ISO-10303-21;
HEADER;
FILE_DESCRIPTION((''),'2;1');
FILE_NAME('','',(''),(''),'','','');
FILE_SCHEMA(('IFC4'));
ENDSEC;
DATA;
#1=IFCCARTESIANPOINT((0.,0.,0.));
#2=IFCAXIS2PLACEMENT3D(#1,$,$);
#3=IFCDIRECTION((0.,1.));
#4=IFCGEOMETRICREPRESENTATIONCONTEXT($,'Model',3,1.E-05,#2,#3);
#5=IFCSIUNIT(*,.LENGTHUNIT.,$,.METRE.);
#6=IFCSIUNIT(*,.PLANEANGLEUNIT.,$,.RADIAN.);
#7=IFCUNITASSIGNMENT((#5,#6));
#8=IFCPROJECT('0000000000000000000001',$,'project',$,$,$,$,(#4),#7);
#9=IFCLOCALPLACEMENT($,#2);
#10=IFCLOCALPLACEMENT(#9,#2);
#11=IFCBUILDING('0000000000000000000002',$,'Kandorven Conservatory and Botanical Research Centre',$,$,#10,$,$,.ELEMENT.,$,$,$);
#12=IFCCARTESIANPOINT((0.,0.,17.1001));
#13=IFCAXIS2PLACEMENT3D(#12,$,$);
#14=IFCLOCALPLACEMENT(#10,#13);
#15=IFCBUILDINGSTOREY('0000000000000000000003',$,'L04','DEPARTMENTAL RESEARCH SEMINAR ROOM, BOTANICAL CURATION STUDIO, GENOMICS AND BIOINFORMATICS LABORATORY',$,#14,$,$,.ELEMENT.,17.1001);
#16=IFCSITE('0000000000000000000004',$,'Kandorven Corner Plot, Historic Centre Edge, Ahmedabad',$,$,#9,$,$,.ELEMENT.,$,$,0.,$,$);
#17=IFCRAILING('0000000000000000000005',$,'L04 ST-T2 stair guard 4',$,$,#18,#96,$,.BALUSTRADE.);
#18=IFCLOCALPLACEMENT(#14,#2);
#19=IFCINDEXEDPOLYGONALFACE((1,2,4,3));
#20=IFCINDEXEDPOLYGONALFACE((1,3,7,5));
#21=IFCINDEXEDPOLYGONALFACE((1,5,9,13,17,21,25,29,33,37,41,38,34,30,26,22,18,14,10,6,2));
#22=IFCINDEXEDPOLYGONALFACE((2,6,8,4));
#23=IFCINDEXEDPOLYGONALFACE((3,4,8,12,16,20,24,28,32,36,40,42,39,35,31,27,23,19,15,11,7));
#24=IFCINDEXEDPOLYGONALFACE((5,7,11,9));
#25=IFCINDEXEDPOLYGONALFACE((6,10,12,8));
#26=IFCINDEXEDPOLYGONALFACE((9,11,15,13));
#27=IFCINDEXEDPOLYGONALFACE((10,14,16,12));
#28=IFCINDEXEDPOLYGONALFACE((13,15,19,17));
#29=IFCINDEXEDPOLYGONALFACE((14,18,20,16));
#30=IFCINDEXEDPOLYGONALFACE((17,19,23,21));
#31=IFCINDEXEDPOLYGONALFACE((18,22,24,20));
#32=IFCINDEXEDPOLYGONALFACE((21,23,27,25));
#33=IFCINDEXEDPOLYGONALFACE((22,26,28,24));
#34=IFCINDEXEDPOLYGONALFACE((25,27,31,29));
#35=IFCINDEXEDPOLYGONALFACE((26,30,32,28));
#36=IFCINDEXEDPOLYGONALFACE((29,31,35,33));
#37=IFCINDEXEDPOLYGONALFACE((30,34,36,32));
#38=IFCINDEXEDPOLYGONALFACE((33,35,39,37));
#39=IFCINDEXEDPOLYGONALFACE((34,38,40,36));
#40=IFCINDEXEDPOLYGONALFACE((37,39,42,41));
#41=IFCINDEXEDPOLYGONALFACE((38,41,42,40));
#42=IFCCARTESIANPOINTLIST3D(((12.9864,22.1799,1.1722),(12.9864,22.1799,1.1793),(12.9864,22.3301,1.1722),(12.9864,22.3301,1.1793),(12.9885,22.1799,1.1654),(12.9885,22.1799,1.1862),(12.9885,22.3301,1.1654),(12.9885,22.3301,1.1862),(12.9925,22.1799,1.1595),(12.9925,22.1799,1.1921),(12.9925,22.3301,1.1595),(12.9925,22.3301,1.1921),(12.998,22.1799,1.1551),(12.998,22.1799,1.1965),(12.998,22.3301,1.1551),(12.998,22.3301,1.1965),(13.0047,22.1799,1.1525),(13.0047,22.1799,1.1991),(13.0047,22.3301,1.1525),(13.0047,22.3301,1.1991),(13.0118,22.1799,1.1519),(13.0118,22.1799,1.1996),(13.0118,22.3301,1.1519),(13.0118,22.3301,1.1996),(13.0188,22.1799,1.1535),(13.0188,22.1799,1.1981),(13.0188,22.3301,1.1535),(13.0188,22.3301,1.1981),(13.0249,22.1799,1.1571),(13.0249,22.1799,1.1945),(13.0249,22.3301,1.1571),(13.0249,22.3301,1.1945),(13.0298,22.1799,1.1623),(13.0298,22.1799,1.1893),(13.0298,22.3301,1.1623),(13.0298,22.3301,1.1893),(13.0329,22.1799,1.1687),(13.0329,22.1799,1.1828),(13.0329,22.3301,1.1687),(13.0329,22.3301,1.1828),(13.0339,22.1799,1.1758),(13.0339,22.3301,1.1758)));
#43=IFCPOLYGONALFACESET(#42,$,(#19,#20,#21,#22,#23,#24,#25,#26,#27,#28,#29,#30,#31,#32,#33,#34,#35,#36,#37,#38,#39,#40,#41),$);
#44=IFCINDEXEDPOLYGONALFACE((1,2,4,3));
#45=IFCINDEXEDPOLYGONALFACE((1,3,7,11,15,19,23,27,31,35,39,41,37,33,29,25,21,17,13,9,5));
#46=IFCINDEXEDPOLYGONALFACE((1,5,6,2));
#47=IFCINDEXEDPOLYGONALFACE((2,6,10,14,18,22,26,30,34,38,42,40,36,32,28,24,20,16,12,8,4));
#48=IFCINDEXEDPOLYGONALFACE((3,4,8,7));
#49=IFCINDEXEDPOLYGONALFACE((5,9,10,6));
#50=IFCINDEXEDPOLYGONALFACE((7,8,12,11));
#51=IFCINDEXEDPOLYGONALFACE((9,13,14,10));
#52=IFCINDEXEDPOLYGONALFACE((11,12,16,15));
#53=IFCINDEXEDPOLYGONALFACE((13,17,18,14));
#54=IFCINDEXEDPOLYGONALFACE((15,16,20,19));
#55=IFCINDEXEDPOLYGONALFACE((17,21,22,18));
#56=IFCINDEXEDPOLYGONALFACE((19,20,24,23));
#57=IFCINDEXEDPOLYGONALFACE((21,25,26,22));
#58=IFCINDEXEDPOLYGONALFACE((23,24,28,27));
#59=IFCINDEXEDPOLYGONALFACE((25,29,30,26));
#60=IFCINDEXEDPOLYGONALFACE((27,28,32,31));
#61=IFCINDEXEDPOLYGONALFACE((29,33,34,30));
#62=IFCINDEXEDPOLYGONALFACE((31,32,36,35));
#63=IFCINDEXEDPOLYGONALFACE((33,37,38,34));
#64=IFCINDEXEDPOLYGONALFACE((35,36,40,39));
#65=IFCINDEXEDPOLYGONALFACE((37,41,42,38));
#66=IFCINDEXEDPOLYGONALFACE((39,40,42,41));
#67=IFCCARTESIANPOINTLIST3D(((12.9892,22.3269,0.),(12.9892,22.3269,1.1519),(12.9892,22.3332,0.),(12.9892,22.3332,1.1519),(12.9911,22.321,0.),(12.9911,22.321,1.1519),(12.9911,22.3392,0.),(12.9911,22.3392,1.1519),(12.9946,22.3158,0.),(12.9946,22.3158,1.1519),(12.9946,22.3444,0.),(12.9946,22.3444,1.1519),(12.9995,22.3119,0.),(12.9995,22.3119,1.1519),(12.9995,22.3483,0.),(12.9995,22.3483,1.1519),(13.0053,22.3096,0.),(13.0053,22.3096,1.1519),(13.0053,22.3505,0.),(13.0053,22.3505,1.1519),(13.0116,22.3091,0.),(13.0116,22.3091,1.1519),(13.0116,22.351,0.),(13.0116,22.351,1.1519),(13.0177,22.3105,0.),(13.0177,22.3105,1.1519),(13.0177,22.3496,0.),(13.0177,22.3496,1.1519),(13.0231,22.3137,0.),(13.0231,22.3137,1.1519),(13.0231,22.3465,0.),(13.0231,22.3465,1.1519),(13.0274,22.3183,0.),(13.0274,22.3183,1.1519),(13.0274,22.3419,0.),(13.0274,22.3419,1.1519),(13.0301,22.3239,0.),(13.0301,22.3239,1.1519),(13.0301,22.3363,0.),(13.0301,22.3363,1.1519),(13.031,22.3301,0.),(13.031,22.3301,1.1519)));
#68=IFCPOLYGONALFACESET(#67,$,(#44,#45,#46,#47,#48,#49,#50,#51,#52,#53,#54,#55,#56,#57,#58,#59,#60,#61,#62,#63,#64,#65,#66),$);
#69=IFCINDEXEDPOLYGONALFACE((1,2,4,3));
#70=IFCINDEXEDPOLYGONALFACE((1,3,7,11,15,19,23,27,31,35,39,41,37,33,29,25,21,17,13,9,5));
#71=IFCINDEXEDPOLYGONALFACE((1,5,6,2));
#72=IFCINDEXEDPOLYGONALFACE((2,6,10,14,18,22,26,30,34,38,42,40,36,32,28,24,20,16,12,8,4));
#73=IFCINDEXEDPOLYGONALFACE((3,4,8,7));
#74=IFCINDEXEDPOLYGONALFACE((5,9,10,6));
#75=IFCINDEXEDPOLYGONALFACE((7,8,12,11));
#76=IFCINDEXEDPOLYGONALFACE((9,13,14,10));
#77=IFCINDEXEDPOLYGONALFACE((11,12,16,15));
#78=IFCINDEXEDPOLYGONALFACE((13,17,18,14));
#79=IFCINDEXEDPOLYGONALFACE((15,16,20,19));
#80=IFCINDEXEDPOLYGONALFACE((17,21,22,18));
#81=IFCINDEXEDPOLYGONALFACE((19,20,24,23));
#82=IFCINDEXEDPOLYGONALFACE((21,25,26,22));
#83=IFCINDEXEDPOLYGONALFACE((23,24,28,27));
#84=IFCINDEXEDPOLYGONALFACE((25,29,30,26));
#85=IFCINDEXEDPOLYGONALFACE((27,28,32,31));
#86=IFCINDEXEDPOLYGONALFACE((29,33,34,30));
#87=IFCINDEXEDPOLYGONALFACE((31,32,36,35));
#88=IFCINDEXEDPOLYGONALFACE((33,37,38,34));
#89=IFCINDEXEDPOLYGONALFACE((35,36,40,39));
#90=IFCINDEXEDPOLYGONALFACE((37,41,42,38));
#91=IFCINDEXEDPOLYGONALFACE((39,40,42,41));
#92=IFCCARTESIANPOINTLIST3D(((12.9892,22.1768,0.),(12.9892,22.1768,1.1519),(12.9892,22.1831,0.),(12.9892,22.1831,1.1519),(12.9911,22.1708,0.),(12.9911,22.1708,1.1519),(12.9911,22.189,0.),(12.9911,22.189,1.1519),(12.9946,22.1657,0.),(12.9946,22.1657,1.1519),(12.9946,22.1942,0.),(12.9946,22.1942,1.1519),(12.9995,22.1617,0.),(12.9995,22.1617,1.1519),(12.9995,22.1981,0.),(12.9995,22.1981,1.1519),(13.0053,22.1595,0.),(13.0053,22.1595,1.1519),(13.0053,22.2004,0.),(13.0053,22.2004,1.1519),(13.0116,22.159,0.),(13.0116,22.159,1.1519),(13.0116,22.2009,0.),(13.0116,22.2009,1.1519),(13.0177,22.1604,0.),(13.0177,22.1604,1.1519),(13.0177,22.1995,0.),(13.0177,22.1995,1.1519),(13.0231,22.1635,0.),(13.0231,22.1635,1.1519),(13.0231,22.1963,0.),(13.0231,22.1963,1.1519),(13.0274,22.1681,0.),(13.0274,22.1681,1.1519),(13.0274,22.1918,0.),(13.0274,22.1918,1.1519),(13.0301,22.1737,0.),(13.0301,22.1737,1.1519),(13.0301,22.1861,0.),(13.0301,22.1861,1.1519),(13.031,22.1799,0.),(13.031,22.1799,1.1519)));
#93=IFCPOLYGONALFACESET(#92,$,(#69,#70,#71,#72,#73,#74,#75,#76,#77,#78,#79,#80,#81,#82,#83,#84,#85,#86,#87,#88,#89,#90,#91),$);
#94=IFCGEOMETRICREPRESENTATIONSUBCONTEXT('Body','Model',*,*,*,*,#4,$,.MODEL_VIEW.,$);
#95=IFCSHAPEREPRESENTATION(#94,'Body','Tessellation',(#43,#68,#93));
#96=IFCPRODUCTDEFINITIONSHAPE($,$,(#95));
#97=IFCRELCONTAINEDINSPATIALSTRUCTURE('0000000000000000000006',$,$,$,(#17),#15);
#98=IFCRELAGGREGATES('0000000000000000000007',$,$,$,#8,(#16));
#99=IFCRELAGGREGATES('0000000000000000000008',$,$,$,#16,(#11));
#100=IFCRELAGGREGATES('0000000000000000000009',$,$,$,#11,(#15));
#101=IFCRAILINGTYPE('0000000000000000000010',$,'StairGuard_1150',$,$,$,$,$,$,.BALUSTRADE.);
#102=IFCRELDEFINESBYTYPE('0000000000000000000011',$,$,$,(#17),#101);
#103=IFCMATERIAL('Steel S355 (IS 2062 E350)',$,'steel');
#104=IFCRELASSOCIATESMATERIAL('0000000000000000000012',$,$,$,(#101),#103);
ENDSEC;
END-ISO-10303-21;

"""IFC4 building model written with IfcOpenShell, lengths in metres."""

from ifc_helpers import new_model, si_unit, direction, frame, origin, origin_2d, place, context, subcontext, project, spatial, circle, extrude, material, type_object, element, save


model = new_model("IFC4")

# Units and contexts
model_context = context("Model", 3, precision=1e-05, world=origin(), true_north=direction((0.0, 1.0)))
body_context = subcontext(model_context, "Body", "Model", "MODEL_VIEW")
ifc_project = project(units=[si_unit("LENGTHUNIT", "METRE"), si_unit("PLANEANGLEUNIT", "RADIAN")], contexts=[model_context])

# Site, building, storey
site_placement = place(None, origin())
site = spatial("IfcSite", under=ifc_project, at=site_placement, Name="Kandorven Corner Plot, Historic Centre Edge, Ahmedabad", CompositionType="ELEMENT", RefElevation=0.0)
building_placement = place(site_placement, origin())
building = spatial("IfcBuilding", under=site, at=building_placement, Name="Kandorven Conservatory and Botanical Research Centre", CompositionType="ELEMENT")
storey_placement = place(building_placement, frame((0.0, 0.0, 17.1001)))
storey = spatial("IfcBuildingStorey", under=building, at=storey_placement, Name="L04", Description="DEPARTMENTAL RESEARCH SEMINAR ROOM, BOTANICAL CURATION STUDIO, GENOMICS AND BIOINFORMATICS LABORATORY", CompositionType="ELEMENT", Elevation=17.1001)

# Railing
ifc_material_1 = material(Name="Steel S355 (IS 2062 E350)", Category="steel")
railing_type_1 = type_object("IfcRailingType", Name="StairGuard_1150", PredefinedType="BALUSTRADE", material=ifc_material_1)
railing_1_placement = place(storey_placement, frame((13.01, 22.3301, 0.0)))
element("IfcRailing", 1, at=railing_1_placement, inside=storey, type_object=railing_type_1, Name="L04 ST-T2 stair guard 4", PredefinedType="BALUSTRADE", context=body_context, shape_type="SweptSolid", body=[
    extrude(circle(Radius=0.0239, at=origin_2d()), frame((0.0, 0.0, 1.1758), z_axis=(0.0, -1.0, 0.0), x_axis=(1.0, 0.0, 0.0)), (0.0, 0.0, 1.0), 0.1501),
    extrude(circle(Radius=0.021, at=origin_2d()), origin(), (0.0, 0.0, 1.0), 1.1519),
    extrude(circle(Radius=0.021, at=origin_2d()), frame((0.0, -0.1501, 0.0)), (0.0, 0.0, 1.0), 1.1519),
])

save(model, "model.ifc")
